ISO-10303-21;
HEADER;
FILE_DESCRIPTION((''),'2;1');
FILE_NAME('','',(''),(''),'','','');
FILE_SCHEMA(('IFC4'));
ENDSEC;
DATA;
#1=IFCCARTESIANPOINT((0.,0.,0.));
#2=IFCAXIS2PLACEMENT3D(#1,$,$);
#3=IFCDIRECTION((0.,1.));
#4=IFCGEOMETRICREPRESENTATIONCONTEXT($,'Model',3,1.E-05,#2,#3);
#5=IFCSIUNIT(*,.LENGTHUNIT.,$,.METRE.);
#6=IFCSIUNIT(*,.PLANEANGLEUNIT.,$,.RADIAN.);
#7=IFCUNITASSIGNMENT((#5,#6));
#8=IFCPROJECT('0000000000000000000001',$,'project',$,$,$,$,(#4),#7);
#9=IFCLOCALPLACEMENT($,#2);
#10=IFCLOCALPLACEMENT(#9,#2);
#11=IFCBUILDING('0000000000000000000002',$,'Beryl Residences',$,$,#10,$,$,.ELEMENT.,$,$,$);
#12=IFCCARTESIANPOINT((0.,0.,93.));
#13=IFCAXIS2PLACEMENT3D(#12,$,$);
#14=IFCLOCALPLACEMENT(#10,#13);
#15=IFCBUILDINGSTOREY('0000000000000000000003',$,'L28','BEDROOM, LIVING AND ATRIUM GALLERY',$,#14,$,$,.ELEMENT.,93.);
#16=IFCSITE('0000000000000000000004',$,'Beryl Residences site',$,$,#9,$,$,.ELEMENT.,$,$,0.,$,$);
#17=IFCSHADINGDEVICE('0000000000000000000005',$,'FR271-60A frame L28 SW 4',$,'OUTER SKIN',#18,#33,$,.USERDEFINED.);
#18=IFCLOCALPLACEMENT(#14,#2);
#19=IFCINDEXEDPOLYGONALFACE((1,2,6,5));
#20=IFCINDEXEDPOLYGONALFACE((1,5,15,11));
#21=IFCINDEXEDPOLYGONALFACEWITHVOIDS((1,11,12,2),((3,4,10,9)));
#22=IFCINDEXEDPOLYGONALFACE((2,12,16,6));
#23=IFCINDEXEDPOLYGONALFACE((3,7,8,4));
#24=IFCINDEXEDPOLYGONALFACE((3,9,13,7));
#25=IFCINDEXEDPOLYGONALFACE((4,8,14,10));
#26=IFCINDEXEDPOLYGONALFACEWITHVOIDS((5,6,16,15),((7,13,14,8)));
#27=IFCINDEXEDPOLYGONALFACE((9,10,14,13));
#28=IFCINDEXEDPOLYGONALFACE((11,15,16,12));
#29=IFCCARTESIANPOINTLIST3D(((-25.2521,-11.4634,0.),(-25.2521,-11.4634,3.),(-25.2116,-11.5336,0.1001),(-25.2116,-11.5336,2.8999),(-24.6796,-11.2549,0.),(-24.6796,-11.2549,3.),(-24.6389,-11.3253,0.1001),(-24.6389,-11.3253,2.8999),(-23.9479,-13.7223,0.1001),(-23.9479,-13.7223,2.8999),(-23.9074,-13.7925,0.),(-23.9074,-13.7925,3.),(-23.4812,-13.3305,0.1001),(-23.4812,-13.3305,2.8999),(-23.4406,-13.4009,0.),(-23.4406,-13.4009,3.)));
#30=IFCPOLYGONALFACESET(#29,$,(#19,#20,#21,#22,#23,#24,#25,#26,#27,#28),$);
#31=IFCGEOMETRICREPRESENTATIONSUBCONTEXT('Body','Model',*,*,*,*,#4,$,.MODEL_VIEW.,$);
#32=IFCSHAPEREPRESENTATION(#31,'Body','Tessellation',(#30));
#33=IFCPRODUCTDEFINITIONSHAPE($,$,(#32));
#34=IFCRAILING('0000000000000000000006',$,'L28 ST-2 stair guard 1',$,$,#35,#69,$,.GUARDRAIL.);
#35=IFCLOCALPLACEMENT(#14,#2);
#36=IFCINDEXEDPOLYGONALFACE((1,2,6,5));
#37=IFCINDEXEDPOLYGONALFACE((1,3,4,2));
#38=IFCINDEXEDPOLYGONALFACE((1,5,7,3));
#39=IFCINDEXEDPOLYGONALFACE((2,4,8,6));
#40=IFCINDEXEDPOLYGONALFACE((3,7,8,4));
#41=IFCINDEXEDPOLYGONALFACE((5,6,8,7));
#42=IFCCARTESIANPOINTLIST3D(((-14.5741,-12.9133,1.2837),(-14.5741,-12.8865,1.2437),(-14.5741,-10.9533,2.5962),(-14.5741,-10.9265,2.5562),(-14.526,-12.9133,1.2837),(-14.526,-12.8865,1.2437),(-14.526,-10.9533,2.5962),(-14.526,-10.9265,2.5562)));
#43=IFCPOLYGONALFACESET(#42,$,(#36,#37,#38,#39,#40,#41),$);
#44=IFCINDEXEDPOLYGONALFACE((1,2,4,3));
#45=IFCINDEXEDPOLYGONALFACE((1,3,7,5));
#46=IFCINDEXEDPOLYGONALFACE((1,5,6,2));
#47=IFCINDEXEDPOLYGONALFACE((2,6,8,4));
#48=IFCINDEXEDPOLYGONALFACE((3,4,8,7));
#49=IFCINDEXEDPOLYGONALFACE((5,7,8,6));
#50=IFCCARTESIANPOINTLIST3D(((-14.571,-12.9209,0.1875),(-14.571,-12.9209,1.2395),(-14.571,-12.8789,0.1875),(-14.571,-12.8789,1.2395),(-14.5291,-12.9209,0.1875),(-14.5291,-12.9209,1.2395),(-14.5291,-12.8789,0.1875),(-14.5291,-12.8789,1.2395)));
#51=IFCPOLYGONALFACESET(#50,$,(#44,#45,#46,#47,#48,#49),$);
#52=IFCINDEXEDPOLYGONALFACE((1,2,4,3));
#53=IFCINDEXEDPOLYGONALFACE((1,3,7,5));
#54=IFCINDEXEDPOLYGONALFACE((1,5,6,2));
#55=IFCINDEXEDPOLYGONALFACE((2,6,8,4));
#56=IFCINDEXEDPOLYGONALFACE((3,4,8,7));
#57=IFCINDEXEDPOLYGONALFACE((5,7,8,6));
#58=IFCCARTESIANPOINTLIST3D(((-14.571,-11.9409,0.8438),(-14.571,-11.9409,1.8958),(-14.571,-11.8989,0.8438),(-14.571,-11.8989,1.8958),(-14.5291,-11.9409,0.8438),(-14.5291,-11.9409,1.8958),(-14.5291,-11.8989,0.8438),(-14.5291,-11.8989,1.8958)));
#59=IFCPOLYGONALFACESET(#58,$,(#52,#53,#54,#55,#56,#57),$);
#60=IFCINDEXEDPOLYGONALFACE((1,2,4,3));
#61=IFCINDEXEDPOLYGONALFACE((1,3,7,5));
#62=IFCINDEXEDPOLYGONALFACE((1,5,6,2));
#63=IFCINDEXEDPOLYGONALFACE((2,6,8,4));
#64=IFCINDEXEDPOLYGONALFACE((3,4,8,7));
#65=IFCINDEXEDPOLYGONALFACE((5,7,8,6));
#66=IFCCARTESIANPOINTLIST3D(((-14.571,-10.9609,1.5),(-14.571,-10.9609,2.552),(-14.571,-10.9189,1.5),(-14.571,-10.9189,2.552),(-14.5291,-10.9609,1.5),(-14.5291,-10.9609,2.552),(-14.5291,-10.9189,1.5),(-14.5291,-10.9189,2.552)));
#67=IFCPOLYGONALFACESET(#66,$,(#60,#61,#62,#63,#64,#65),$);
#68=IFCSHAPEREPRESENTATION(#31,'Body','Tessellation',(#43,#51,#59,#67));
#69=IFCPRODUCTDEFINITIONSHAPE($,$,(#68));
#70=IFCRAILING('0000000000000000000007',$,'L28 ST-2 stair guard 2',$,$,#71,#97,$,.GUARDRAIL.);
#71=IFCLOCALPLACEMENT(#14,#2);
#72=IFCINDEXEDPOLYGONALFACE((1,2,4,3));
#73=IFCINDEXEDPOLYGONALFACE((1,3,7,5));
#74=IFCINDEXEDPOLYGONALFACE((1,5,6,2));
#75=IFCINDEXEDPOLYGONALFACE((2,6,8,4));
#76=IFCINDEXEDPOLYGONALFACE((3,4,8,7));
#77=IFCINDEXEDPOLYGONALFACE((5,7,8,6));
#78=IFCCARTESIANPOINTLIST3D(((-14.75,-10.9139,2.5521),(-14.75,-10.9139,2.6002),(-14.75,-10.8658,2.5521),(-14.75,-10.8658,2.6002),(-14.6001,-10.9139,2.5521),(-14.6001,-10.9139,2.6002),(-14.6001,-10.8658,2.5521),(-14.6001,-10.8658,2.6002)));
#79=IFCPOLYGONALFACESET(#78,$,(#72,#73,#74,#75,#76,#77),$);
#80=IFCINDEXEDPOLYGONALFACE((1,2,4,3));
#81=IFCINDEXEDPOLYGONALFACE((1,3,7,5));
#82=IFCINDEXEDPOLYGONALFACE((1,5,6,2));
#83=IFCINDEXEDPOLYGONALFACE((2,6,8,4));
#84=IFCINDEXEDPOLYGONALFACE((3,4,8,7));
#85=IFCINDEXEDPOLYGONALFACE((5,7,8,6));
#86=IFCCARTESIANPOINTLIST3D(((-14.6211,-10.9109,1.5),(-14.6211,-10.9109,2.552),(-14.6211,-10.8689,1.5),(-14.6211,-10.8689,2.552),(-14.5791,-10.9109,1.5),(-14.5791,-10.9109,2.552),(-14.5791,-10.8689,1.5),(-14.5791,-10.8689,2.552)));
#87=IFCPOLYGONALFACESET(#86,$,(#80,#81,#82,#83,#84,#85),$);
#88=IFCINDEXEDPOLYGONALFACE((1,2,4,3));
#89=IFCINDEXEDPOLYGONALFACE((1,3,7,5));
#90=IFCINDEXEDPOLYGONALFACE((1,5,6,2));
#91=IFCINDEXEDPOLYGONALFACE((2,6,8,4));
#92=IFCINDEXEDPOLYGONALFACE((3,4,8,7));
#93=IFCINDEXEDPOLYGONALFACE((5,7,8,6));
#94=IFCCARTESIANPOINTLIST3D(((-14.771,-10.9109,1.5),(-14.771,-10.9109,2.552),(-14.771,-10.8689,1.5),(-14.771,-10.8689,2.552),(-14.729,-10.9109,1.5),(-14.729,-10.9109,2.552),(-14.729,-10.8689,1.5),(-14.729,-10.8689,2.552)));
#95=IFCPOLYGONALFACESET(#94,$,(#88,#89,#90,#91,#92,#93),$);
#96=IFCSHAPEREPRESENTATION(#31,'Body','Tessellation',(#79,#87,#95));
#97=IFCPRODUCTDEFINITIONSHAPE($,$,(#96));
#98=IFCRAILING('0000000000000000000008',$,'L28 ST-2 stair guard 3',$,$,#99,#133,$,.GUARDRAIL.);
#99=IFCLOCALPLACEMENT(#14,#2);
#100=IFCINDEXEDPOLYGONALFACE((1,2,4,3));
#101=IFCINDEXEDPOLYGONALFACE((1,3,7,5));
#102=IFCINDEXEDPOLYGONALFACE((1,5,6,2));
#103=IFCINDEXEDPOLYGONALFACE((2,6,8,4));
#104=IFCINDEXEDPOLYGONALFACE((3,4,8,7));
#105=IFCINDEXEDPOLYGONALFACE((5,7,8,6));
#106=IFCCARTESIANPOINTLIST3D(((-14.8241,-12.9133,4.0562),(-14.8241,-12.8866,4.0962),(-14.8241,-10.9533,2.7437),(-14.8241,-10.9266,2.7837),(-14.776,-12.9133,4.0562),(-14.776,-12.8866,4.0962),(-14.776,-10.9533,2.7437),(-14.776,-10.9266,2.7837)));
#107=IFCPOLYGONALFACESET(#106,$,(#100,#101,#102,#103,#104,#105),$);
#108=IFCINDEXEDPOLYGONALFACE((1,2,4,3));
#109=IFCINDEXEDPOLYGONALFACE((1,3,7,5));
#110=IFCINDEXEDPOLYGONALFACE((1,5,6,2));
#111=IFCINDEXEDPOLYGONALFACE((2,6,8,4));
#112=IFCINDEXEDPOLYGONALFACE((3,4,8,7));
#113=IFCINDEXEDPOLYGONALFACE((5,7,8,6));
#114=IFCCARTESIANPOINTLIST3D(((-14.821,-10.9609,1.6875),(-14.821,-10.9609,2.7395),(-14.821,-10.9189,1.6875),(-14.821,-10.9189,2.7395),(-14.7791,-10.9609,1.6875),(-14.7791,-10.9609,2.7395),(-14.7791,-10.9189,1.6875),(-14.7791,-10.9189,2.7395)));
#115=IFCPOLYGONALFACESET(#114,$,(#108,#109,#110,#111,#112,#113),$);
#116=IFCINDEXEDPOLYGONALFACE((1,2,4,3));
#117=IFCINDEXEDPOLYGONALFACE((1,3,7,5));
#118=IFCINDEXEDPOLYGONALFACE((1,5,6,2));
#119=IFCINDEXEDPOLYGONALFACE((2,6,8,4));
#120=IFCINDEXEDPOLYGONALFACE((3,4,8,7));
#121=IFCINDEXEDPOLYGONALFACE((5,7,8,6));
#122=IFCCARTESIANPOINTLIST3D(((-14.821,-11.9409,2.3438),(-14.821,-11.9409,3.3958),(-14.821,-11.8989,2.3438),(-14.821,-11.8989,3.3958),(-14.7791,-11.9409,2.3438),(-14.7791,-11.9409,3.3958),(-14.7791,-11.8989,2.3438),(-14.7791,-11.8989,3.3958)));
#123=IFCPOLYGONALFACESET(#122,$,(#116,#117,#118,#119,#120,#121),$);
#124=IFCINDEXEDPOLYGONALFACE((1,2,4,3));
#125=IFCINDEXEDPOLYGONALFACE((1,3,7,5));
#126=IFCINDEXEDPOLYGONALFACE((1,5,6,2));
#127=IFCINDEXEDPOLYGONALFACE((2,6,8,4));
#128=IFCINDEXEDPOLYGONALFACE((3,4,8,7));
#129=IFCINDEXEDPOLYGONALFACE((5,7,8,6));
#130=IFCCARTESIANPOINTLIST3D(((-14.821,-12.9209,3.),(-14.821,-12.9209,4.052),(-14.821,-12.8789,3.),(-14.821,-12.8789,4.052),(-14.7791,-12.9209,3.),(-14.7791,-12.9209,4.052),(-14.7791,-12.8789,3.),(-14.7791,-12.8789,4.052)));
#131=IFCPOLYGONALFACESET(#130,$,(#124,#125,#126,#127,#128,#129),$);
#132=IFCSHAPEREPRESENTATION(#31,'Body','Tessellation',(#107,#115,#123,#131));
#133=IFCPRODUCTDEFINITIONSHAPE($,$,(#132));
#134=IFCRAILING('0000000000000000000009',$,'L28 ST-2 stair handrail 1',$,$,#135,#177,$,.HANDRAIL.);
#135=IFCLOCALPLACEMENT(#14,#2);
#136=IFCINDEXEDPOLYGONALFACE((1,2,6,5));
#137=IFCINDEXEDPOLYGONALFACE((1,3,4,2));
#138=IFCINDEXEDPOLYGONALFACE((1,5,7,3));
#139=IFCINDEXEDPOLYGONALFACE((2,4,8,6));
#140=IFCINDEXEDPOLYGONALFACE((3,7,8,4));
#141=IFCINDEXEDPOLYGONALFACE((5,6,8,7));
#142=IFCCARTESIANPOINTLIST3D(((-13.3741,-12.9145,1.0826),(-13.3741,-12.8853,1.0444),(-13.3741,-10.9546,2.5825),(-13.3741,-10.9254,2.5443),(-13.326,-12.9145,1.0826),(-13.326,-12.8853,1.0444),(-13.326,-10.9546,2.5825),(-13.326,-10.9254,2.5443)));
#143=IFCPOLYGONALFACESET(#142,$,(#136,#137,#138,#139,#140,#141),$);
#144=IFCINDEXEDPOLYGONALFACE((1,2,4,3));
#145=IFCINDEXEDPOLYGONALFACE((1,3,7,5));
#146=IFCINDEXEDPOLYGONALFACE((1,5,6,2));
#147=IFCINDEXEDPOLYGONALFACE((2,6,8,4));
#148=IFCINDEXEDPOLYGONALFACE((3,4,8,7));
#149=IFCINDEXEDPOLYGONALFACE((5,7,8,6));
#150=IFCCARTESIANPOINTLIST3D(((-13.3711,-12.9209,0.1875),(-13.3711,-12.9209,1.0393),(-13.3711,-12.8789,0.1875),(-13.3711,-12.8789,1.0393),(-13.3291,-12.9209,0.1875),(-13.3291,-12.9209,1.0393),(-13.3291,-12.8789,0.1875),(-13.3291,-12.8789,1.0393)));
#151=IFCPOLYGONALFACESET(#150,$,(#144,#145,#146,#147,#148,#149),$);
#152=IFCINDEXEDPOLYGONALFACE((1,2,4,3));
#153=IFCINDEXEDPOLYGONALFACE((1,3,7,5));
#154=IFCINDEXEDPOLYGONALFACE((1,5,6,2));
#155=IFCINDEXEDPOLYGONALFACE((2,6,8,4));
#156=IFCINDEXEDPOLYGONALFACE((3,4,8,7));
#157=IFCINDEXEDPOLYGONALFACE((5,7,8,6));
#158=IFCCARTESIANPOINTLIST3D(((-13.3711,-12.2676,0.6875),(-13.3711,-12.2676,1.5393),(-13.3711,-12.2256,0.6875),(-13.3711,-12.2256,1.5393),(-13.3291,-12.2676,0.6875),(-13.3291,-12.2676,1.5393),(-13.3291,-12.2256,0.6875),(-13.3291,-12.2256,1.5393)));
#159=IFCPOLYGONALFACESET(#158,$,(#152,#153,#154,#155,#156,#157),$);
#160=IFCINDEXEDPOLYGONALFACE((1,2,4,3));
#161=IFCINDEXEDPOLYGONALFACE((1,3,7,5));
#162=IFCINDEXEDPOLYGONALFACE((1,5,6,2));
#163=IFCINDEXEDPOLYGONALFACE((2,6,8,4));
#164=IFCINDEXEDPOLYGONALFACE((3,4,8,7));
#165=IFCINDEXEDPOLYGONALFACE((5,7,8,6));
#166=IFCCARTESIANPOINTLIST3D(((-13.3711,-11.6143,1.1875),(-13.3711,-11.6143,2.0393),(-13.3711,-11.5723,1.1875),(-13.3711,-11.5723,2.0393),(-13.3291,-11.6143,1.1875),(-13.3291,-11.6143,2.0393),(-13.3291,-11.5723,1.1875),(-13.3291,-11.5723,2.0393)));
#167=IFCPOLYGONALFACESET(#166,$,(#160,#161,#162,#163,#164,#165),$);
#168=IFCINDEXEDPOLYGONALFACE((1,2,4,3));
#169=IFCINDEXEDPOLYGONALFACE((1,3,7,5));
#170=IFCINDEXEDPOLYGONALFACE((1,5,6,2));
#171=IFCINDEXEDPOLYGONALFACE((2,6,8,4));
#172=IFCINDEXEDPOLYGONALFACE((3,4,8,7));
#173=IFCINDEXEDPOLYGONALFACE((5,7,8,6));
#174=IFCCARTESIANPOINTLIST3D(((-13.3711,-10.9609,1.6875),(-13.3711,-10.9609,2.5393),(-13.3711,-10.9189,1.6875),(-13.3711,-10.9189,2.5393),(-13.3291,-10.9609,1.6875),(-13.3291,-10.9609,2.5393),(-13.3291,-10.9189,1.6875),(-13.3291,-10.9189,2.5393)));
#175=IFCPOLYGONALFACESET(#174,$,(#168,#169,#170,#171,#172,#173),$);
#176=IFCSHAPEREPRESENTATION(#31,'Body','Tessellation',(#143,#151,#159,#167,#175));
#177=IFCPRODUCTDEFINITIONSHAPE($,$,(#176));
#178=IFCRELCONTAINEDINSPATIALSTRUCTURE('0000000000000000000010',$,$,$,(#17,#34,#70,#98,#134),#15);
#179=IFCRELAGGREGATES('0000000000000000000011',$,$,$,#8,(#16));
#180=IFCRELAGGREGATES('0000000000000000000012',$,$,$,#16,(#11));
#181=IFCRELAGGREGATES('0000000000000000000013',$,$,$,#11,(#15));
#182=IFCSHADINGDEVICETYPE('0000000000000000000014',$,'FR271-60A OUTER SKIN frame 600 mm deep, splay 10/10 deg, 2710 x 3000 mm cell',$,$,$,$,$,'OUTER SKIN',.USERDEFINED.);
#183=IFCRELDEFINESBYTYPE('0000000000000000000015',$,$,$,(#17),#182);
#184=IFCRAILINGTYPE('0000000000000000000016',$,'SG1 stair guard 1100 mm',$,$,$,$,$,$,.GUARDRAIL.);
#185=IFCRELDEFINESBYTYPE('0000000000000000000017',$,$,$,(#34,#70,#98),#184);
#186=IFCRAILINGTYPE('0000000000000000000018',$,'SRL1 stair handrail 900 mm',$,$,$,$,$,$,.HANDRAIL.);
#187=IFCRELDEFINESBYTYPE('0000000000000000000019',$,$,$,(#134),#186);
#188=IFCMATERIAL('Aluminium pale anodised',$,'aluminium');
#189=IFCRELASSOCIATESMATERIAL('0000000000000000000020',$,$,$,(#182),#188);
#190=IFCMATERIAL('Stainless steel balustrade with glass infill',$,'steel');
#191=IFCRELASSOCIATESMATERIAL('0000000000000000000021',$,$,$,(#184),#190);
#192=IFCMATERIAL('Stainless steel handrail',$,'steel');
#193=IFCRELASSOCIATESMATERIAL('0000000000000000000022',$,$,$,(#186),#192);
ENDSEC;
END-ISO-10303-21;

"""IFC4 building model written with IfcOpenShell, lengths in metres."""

from ifc_helpers import new_model, entity, si_unit, direction, frame, origin, origin_2d, place, context, subcontext, project, spatial, rectangle, extrude, source, transform, mapped, material, type_object, type_shapes, element, save


model = new_model("IFC4")

# Units and contexts
model_context = context("Model", 3, precision=1e-05, world=origin(), true_north=direction((0.0, 1.0)))
body_context = subcontext(model_context, "Body", "Model", "MODEL_VIEW")
ifc_project = project(units=[si_unit("LENGTHUNIT", "METRE"), si_unit("PLANEANGLEUNIT", "RADIAN")], contexts=[model_context])

# Site, building, storey
site_placement = place(None, origin())
site = spatial("IfcSite", under=ifc_project, at=site_placement, Name="Beryl Residences site", CompositionType="ELEMENT", RefElevation=0.0)
building_placement = place(site_placement, origin())
building = spatial("IfcBuilding", under=site, at=building_placement, Name="Beryl Residences", CompositionType="ELEMENT")
storey_placement = place(building_placement, frame((0.0, 0.0, 93.0)))
storey = spatial("IfcBuildingStorey", under=building, at=storey_placement, Name="L28", Description="BEDROOM, LIVING AND ATRIUM GALLERY", CompositionType="ELEMENT", Elevation=93.0)

# Shading device
ifc_material_1 = material(Name="Aluminium pale anodised", Category="aluminium")
shading_device_type = type_object("IfcShadingDeviceType", Name="FR271-60A OUTER SKIN frame 600 mm deep, splay 10/10 deg, 2710 x 3000 mm cell", ElementType="OUTER SKIN", PredefinedType="USERDEFINED", material=ifc_material_1)
cartesian_point_1 = entity("IfcCartesianPoint", [-1.239, 0.0])
cartesian_point_2 = entity("IfcCartesianPoint", [-1.1577, 0.1001])
cartesian_point_3 = entity("IfcCartesianPoint", [-1.3447, 0.0])
cartesian_point_4 = entity("IfcCartesianPoint", [-1.2637, 0.1001])
shared_shape_1 = source(origin(), body_context, "Body", "SweptSolid", [
    entity("IfcExtrudedAreaSolidTapered", entity("IfcArbitraryProfileDefWithVoids", "AREA", None, entity("IfcPolyline", [cartesian_point_1, entity("IfcCartesianPoint", [1.239, 0.0]), entity("IfcCartesianPoint", [1.239, 3.0]), entity("IfcCartesianPoint", [-1.239, 3.0]), cartesian_point_1]), [entity("IfcPolyline", [cartesian_point_2, entity("IfcCartesianPoint", [1.1577, 0.1001]), entity("IfcCartesianPoint", [1.1577, 2.8999]), entity("IfcCartesianPoint", [-1.1577, 2.8999]), cartesian_point_2])]), entity("IfcAxis2Placement3D", entity("IfcCartesianPoint", [0.0, 0.0, 0.0]), entity("IfcDirection", [0.0, 1.0, 0.0]), entity("IfcDirection", [-1.0, 0.0, 0.0])), entity("IfcDirection", [0.0, 0.0, 1.0]), 0.6001, entity("IfcArbitraryProfileDefWithVoids", "AREA", None, entity("IfcPolyline", [cartesian_point_3, entity("IfcCartesianPoint", [1.3447, 0.0]), entity("IfcCartesianPoint", [1.3447, 3.0]), entity("IfcCartesianPoint", [-1.3447, 3.0]), cartesian_point_3]), [entity("IfcPolyline", [cartesian_point_4, entity("IfcCartesianPoint", [1.2637, 0.1001]), entity("IfcCartesianPoint", [1.2637, 2.8999]), entity("IfcCartesianPoint", [-1.2637, 2.8999]), cartesian_point_4])])),
])
type_shapes(shading_device_type, [shared_shape_1])
for number, where, z_axis, x_axis, name in (
    (1, (-24.0601, -12.3279, 0.0), (0.0, 0.0, 1.0), (-0.5, 0.866025, 0.0), "FR271-60A frame L28 SW 4"),
):
    element("IfcShadingDevice", number, at=place(storey_placement, frame(where, z_axis=z_axis, x_axis=x_axis)), inside=storey, type_object=shading_device_type, Name=name, ObjectType="OUTER SKIN", PredefinedType="USERDEFINED", context=body_context, shape_type="MappedRepresentation", body=[
        mapped(shared_shape_1, transform((0.0, 0.0, 0.0))),
    ])

# Railings
ifc_material_2 = material(Name="Stainless steel balustrade with glass infill", Category="steel")
railing_type_1 = type_object("IfcRailingType", Name="SG1 stair guard 1100 mm", PredefinedType="GUARDRAIL", material=ifc_material_2)
railing_1_placement = place(storey_placement, frame((-14.55, -12.8999, 0.1875)))
element("IfcRailing", 2, at=railing_1_placement, inside=storey, type_object=railing_type_1, Name="L28 ST-2 stair guard 1", PredefinedType="GUARDRAIL", context=body_context, shape_type="SweptSolid", body=[
    extrude(rectangle(XDim=0.0481, YDim=0.0481, at=origin_2d()), frame((0.0, 0.0, 1.0762), z_axis=(0.0, 0.830902, 0.556419), x_axis=(-1.0, 0.0, 0.0)), (0.0, 0.0, 1.0), 2.3589),
    extrude(rectangle(XDim=0.042, YDim=0.042, at=origin_2d()), origin(), (0.0, 0.0, 1.0), 1.052),
    extrude(rectangle(XDim=0.042, YDim=0.042, at=origin_2d()), frame((0.0, 0.98, 0.6562)), (0.0, 0.0, 1.0), 1.052),
    extrude(rectangle(XDim=0.042, YDim=0.042, at=origin_2d()), frame((0.0, 1.96, 1.3125)), (0.0, 0.0, 1.0), 1.052),
])
railing_2_placement = place(storey_placement, frame((-14.6001, -10.8899, 1.5)))
element("IfcRailing", 3, at=railing_2_placement, inside=storey, type_object=railing_type_1, Name="L28 ST-2 stair guard 2", PredefinedType="GUARDRAIL", context=body_context, shape_type="SweptSolid", body=[
    extrude(rectangle(XDim=0.0481, YDim=0.0481, at=origin_2d()), frame((0.0, 0.0, 1.0762), z_axis=(-1.0, 0.0, 0.0), x_axis=(0.0, -1.0, 0.0)), (0.0, 0.0, 1.0), 0.1499),
    extrude(rectangle(XDim=0.042, YDim=0.042, at=origin_2d()), origin(), (0.0, 0.0, 1.0), 1.052),
    extrude(rectangle(XDim=0.042, YDim=0.042, at=origin_2d()), frame((-0.1499, 0.0, 0.0)), (0.0, 0.0, 1.0), 1.052),
])
railing_3_placement = place(storey_placement, frame((-14.8, -10.9399, 1.6875)))
element("IfcRailing", 4, at=railing_3_placement, inside=storey, type_object=railing_type_1, Name="L28 ST-2 stair guard 3", PredefinedType="GUARDRAIL", context=body_context, shape_type="SweptSolid", body=[
    extrude(rectangle(XDim=0.0481, YDim=0.0481, at=origin_2d()), frame((0.0, 0.0, 1.0762), z_axis=(0.0, -0.830902, 0.556419), x_axis=(1.0, 0.0, 0.0)), (0.0, 0.0, 1.0), 2.3589),
    extrude(rectangle(XDim=0.042, YDim=0.042, at=origin_2d()), origin(), (0.0, 0.0, 1.0), 1.052),
    extrude(rectangle(XDim=0.042, YDim=0.042, at=origin_2d()), frame((0.0, -0.98, 0.6562)), (0.0, 0.0, 1.0), 1.052),
    extrude(rectangle(XDim=0.042, YDim=0.042, at=origin_2d()), frame((0.0, -1.96, 1.3125)), (0.0, 0.0, 1.0), 1.052),
])
ifc_material_3 = material(Name="Stainless steel handrail", Category="steel")
railing_type_2 = type_object("IfcRailingType", Name="SRL1 stair handrail 900 mm", PredefinedType="HANDRAIL", material=ifc_material_3)
railing_4_placement = place(storey_placement, frame((-13.3501, -12.8999, 0.1875)))
element("IfcRailing", 5, at=railing_4_placement, inside=storey, type_object=railing_type_2, Name="L28 ST-2 stair handrail 1", PredefinedType="HANDRAIL", context=body_context, shape_type="SweptSolid", body=[
    extrude(rectangle(XDim=0.0481, YDim=0.0481, at=origin_2d()), frame((0.0, 0.0, 0.876), z_axis=(0.0, 0.794122, 0.607758), x_axis=(-1.0, 0.0, 0.0)), (0.0, 0.0, 1.0), 2.468),
    extrude(rectangle(XDim=0.042, YDim=0.042, at=origin_2d()), origin(), (0.0, 0.0, 1.0), 0.8518),
    extrude(rectangle(XDim=0.042, YDim=0.042, at=origin_2d()), frame((0.0, 0.6533, 0.5)), (0.0, 0.0, 1.0), 0.8518),
    extrude(rectangle(XDim=0.042, YDim=0.042, at=origin_2d()), frame((0.0, 1.3066, 1.0)), (0.0, 0.0, 1.0), 0.8518),
    extrude(rectangle(XDim=0.042, YDim=0.042, at=origin_2d()), frame((0.0, 1.96, 1.5)), (0.0, 0.0, 1.0), 0.8518),
])

save(model, "model.ifc")
